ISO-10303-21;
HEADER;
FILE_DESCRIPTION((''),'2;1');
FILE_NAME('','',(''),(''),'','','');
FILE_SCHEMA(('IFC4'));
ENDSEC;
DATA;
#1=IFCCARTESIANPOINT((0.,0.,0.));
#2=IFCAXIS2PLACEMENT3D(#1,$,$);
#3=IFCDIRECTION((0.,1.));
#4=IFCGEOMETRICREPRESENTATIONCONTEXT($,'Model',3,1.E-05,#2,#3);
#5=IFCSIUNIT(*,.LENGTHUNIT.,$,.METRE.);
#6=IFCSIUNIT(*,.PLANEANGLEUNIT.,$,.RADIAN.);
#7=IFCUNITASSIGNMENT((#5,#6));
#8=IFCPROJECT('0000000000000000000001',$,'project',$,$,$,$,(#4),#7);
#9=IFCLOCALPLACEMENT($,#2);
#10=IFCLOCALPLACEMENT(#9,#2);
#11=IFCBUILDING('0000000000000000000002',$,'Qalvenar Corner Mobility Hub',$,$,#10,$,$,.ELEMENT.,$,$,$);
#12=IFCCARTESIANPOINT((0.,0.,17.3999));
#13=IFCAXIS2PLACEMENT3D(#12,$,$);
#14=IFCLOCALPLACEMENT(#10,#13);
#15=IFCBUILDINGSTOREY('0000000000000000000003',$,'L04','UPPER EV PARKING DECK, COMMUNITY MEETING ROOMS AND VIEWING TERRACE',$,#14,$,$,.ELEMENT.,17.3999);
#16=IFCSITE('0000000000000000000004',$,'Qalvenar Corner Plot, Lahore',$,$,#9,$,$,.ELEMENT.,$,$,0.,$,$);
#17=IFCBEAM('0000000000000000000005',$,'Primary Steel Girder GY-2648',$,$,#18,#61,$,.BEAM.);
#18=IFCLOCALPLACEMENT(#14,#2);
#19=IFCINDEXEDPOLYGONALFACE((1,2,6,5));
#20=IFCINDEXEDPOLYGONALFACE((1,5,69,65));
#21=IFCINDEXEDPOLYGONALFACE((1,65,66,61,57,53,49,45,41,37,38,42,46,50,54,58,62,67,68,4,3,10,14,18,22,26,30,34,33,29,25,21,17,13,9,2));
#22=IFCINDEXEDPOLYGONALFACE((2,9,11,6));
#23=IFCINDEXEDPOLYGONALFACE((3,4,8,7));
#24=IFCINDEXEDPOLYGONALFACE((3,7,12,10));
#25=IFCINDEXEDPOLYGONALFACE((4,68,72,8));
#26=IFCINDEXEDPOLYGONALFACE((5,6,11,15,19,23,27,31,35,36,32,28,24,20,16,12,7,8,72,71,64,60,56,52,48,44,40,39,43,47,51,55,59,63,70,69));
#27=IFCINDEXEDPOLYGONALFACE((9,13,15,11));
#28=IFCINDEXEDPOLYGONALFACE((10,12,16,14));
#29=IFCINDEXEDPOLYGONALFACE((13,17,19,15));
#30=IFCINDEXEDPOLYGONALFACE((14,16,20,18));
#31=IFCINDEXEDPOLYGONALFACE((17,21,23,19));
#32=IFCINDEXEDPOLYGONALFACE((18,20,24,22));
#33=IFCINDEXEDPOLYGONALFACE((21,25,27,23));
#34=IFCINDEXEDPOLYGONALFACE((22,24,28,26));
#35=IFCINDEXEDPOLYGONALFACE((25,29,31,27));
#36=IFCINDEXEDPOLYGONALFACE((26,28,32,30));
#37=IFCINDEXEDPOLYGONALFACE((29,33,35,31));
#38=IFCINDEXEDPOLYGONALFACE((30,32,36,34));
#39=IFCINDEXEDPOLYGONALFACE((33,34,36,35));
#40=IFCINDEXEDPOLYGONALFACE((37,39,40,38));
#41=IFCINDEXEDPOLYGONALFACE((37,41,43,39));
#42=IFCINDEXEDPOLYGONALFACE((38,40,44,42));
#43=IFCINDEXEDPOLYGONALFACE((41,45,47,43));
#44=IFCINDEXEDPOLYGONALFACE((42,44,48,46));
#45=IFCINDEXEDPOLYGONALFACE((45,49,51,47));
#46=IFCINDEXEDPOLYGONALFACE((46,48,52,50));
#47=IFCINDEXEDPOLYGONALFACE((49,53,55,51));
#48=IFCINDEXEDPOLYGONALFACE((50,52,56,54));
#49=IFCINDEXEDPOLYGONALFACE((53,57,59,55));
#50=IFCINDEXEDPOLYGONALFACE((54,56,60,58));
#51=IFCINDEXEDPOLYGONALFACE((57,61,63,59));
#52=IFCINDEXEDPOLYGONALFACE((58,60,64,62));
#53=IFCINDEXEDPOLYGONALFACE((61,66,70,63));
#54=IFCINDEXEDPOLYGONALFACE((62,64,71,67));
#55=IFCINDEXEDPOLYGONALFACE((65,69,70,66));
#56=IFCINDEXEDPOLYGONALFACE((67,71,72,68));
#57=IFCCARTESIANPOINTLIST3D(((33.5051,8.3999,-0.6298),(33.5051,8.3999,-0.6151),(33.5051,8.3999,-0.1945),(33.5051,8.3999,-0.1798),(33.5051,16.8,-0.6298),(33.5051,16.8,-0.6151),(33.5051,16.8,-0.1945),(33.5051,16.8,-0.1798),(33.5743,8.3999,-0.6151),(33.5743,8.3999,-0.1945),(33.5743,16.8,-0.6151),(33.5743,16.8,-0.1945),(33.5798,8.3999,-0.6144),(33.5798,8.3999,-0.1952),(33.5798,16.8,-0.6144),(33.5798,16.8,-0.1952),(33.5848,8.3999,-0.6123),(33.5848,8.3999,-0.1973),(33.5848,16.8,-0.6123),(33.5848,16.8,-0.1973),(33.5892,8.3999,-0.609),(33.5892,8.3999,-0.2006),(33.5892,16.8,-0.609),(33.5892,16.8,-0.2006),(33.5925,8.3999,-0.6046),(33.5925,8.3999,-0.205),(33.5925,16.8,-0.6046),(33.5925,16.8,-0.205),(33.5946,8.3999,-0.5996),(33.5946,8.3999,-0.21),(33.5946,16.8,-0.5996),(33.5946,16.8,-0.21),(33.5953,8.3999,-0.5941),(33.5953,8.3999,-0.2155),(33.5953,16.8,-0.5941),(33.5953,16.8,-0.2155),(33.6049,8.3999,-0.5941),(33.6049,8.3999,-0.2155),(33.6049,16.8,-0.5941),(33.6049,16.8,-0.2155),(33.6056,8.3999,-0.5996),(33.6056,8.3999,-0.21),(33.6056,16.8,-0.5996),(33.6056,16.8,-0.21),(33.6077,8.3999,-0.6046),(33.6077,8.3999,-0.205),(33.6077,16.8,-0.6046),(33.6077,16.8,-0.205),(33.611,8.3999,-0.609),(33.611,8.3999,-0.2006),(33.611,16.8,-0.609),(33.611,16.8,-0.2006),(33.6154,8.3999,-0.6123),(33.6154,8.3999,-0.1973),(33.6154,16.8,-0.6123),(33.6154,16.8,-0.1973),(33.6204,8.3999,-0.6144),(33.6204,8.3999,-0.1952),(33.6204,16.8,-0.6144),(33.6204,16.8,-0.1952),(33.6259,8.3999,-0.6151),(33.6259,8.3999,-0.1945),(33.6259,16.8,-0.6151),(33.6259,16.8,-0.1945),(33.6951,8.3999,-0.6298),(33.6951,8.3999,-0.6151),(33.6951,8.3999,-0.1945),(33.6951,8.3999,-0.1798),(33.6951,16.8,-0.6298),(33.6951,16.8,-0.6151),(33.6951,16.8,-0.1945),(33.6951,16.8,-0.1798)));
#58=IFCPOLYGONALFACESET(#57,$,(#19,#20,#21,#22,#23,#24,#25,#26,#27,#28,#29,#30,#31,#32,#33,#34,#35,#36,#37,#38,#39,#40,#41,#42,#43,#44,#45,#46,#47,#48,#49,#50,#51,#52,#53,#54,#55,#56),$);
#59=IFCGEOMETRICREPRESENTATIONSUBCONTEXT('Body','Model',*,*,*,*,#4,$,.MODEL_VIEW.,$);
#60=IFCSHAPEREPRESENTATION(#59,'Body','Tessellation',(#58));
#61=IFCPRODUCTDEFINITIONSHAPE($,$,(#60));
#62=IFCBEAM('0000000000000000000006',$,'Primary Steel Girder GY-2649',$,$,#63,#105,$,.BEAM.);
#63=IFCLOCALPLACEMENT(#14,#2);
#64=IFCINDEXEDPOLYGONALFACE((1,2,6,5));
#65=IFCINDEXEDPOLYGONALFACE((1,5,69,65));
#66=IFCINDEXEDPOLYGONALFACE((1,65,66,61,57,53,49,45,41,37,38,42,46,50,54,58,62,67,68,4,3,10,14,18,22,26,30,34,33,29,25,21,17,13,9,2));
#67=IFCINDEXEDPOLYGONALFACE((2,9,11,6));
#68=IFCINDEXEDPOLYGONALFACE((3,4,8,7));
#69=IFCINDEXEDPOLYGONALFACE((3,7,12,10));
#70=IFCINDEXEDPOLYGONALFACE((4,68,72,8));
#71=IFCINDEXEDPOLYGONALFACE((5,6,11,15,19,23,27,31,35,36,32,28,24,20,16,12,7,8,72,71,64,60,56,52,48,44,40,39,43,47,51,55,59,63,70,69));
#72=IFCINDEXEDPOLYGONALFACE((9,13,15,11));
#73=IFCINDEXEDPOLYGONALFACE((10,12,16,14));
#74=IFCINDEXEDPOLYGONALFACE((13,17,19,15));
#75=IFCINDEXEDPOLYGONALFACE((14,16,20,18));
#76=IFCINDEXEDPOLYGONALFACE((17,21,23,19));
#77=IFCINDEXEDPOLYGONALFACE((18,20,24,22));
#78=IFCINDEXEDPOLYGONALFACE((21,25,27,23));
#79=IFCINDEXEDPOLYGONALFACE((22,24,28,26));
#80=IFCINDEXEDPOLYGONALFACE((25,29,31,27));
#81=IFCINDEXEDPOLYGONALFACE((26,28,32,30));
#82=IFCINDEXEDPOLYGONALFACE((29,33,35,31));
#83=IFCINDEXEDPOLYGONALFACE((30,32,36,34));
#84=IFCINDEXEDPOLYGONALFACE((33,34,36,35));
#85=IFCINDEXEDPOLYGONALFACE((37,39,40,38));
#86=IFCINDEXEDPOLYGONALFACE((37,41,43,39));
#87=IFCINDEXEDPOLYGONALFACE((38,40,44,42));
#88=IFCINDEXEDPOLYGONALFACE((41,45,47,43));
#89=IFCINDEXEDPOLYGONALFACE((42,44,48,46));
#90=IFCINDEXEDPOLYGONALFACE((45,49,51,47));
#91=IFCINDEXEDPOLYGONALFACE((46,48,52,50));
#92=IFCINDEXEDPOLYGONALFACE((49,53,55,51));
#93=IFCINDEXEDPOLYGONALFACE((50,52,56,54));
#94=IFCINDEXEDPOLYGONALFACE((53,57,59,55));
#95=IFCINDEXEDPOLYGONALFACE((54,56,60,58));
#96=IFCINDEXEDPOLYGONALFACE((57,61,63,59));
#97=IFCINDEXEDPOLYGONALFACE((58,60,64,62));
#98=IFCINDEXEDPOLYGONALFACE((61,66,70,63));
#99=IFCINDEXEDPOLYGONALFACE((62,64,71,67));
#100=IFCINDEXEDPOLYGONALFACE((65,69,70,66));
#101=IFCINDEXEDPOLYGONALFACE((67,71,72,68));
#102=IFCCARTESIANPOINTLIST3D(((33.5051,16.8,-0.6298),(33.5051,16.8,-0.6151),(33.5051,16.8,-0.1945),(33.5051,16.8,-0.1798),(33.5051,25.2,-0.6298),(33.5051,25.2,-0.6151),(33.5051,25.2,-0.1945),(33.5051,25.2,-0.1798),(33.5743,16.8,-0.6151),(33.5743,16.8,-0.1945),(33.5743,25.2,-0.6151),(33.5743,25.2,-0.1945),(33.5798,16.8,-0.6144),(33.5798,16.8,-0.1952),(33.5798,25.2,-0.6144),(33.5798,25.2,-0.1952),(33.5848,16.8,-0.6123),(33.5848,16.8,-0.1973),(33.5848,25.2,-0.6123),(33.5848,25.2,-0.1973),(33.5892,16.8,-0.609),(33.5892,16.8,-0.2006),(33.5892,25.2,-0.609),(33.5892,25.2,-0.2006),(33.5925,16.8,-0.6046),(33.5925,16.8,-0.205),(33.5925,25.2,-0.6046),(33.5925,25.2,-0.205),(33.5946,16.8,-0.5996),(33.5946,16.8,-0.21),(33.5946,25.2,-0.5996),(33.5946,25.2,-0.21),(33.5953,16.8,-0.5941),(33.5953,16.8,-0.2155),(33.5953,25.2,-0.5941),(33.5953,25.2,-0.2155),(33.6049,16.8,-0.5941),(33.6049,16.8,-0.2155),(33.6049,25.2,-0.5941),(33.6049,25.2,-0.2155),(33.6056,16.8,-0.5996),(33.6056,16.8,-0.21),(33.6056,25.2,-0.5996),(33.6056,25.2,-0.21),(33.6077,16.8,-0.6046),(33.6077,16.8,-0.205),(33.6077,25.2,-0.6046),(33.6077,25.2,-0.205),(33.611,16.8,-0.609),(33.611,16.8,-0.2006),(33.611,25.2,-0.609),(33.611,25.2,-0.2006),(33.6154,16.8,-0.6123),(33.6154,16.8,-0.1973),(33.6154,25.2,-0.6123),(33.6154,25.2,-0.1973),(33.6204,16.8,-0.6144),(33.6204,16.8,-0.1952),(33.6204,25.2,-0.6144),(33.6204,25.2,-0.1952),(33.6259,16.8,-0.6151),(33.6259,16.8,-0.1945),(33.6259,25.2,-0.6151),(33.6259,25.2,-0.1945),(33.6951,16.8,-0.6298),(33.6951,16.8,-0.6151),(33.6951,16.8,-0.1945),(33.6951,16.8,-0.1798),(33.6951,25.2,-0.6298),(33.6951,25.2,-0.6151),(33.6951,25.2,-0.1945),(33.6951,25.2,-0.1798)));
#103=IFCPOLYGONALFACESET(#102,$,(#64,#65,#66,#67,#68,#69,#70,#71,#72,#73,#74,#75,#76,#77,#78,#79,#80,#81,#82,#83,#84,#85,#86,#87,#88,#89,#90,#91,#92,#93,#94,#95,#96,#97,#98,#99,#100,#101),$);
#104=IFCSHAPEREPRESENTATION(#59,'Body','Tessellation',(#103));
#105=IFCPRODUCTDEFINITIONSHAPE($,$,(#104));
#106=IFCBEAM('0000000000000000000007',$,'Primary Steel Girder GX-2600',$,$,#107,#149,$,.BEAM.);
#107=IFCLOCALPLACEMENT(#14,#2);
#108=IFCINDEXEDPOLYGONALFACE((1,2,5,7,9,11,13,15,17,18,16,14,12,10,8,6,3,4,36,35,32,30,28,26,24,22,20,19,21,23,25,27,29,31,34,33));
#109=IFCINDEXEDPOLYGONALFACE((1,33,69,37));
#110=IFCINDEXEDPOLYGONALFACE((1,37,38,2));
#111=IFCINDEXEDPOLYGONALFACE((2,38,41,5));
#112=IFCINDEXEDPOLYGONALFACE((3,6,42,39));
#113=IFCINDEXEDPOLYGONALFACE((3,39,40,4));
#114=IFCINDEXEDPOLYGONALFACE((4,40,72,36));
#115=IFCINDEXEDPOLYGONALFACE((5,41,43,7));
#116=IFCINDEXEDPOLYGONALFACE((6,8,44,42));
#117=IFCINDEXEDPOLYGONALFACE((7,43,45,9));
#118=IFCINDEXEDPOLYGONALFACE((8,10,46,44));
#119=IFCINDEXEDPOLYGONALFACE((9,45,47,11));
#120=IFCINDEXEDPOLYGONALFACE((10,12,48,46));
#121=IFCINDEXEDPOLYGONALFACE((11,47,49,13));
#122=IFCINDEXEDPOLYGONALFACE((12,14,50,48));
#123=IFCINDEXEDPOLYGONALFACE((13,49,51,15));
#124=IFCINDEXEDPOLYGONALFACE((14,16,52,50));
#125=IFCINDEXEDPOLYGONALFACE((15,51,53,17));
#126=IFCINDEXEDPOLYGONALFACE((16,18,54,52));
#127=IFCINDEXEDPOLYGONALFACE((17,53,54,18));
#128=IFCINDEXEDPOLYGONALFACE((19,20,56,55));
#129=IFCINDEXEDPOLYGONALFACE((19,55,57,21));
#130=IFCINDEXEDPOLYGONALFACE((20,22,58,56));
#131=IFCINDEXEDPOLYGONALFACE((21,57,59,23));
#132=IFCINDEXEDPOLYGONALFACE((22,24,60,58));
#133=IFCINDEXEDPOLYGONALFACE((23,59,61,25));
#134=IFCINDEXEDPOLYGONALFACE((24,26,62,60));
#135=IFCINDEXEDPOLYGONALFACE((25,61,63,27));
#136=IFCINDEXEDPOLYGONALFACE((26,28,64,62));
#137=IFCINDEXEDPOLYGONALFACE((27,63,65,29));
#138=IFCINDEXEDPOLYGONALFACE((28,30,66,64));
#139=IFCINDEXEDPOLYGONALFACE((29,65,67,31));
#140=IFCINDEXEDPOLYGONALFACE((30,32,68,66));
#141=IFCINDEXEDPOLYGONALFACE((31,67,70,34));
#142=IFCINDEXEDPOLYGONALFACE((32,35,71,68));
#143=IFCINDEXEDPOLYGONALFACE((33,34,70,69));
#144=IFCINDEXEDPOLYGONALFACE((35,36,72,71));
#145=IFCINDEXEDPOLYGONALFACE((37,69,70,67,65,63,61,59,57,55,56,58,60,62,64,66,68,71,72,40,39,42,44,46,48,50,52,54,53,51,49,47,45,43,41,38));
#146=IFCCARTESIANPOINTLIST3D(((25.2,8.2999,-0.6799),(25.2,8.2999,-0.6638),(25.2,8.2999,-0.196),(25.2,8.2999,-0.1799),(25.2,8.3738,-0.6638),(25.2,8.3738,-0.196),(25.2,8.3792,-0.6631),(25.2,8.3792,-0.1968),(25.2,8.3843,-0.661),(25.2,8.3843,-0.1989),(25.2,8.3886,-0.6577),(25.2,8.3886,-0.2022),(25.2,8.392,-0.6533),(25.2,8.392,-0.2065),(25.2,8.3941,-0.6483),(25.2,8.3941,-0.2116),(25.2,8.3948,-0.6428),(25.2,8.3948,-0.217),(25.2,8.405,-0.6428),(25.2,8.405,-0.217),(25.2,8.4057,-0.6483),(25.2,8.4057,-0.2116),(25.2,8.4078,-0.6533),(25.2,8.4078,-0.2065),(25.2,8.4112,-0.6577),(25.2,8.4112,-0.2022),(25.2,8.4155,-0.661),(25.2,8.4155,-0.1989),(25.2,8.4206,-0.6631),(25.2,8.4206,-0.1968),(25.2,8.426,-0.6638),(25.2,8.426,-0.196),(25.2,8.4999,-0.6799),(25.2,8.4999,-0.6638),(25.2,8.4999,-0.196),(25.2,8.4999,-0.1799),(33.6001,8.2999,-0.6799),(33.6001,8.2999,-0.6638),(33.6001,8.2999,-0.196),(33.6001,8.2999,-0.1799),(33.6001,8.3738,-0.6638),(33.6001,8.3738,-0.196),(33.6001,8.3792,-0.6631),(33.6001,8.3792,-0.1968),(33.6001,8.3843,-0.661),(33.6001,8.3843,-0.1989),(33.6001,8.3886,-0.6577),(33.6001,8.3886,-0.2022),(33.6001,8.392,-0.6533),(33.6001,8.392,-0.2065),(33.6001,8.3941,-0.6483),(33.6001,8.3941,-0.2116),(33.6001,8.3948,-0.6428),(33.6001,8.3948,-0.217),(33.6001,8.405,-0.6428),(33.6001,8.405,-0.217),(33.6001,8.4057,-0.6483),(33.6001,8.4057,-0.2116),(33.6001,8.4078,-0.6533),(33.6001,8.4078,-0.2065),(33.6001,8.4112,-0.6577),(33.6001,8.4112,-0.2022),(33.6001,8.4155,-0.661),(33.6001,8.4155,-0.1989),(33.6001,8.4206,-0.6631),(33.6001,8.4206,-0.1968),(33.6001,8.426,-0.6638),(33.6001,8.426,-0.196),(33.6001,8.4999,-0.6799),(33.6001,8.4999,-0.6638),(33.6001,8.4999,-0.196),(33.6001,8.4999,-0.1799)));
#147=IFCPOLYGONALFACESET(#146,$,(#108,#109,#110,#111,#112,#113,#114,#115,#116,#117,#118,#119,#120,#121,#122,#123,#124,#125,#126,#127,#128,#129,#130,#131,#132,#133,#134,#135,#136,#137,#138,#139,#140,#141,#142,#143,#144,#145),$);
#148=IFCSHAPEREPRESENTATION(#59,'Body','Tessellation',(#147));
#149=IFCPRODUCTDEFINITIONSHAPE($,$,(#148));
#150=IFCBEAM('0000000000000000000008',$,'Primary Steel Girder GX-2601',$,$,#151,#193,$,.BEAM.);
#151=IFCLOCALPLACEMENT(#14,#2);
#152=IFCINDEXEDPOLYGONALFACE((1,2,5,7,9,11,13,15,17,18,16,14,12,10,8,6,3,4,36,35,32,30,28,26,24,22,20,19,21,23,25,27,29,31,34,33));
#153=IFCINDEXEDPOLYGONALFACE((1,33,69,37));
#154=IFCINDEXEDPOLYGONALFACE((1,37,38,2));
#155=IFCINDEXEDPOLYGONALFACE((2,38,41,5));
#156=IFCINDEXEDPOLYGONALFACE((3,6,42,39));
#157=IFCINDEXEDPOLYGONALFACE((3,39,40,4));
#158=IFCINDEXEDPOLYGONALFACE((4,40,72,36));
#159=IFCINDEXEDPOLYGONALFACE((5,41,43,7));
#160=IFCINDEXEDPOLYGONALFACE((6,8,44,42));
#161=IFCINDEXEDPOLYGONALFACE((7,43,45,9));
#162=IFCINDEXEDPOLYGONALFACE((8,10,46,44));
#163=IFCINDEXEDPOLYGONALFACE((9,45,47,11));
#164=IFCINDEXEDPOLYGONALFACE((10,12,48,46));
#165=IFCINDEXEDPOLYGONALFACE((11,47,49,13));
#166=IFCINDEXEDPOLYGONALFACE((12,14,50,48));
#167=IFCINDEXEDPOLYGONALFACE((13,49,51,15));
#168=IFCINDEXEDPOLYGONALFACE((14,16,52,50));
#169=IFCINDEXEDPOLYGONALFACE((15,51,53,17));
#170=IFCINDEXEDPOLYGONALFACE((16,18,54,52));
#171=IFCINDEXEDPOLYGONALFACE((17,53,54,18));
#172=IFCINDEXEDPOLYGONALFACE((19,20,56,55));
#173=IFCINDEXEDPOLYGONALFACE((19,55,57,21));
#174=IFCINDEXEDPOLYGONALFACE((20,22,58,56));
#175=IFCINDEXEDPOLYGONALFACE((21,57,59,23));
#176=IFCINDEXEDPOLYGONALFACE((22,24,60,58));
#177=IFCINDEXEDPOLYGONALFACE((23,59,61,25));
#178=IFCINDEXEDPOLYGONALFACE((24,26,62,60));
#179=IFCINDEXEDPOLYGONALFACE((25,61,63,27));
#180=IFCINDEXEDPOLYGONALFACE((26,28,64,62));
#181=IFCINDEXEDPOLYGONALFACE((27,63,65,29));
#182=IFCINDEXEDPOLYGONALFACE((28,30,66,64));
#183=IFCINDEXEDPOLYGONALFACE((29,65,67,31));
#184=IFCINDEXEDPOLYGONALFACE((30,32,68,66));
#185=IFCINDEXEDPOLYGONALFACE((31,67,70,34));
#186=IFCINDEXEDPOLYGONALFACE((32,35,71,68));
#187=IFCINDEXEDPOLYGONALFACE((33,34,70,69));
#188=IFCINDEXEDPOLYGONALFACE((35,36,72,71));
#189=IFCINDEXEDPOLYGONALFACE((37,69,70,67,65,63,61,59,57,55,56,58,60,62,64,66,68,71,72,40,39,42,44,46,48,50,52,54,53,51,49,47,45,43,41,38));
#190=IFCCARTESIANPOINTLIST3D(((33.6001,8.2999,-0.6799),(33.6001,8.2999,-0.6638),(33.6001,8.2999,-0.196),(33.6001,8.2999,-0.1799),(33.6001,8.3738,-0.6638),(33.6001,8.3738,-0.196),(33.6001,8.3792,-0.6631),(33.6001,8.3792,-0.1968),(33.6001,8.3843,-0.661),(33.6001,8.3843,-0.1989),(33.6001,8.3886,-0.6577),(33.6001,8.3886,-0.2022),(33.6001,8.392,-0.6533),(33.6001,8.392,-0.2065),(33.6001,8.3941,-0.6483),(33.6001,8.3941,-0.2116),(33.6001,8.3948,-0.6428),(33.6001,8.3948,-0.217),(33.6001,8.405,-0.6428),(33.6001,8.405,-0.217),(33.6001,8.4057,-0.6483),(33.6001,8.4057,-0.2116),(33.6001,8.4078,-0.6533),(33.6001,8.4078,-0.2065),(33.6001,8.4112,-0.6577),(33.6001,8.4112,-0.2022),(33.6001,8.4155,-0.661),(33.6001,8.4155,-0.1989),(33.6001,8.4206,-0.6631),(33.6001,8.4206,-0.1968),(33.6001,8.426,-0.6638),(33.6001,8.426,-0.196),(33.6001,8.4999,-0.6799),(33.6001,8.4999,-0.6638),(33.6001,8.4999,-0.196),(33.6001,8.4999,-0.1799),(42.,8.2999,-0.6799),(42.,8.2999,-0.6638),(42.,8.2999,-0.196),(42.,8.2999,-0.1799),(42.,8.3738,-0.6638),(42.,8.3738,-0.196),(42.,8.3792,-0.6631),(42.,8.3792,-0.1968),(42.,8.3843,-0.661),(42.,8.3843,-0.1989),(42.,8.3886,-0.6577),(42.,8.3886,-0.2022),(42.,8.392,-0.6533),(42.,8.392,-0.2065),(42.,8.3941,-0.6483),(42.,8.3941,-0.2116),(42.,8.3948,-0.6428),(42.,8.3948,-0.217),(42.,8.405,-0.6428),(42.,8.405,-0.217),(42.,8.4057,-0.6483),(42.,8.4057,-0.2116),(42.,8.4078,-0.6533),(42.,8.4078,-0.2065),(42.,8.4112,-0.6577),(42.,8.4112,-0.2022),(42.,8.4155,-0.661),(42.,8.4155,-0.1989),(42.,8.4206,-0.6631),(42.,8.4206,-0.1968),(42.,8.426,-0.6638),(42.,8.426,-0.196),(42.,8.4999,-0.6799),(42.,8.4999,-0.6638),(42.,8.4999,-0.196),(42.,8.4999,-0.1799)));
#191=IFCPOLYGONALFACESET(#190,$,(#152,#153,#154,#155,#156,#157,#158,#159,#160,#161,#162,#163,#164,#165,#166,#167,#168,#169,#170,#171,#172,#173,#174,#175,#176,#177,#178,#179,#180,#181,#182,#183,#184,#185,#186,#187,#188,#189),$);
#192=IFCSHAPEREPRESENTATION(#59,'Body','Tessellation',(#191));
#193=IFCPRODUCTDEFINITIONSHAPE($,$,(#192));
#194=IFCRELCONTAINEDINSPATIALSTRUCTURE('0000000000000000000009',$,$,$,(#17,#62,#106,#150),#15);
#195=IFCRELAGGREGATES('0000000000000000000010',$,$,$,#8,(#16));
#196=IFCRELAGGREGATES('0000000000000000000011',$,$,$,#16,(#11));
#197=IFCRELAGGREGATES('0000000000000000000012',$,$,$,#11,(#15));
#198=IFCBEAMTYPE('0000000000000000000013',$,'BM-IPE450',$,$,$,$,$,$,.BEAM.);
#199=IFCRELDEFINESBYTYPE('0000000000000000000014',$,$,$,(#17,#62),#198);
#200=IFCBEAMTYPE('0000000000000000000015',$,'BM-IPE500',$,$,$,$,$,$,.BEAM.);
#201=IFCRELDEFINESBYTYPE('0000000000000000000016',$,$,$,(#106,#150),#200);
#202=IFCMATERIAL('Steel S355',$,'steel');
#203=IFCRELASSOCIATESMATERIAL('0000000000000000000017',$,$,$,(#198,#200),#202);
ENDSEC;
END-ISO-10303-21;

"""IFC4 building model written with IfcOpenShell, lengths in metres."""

from ifc_helpers import new_model, si_unit, direction, frame, origin, origin_2d, place, context, subcontext, project, spatial, i_section, extrude, material, material_profile, profile_set, type_object, element, save


model = new_model("IFC4")

# Units and contexts
model_context = context("Model", 3, precision=1e-05, world=origin(), true_north=direction((0.0, 1.0)))
body_context = subcontext(model_context, "Body", "Model", "MODEL_VIEW")
ifc_project = project(units=[si_unit("LENGTHUNIT", "METRE"), si_unit("PLANEANGLEUNIT", "RADIAN")], contexts=[model_context])

# Site, building, storey
site_placement = place(None, origin())
site = spatial("IfcSite", under=ifc_project, at=site_placement, Name="Qalvenar Corner Plot, Lahore", CompositionType="ELEMENT", RefElevation=0.0)
building_placement = place(site_placement, origin())
building = spatial("IfcBuilding", under=site, at=building_placement, Name="Qalvenar Corner Mobility Hub", CompositionType="ELEMENT")
storey_placement = place(building_placement, frame((0.0, 0.0, 17.3999)))
storey = spatial("IfcBuildingStorey", under=building, at=storey_placement, Name="L04", Description="UPPER EV PARKING DECK, COMMUNITY MEETING ROOMS AND VIEWING TERRACE", CompositionType="ELEMENT", Elevation=17.3999)

# Shared definitions
ifc_material_1 = material(Name="Steel S355", Category="steel")

# Beams
ifc_material_profile_1 = material_profile(ifc_material_1, i_section(OverallWidth=0.1899, OverallDepth=0.45, WebThickness=0.0095, FlangeThickness=0.0146, FilletRadius=0.021, at=origin_2d()), Name="IPE450")
ifc_profile_set_1 = profile_set([ifc_material_profile_1], Name="Steel S355")
beam_type_1 = type_object("IfcBeamType", Name="BM-IPE450", PredefinedType="BEAM", material=ifc_profile_set_1)
beam_1_placement = place(storey_placement, frame((33.6001, 8.3999, -0.4048), z_axis=(0.0, 1.0, 0.0), x_axis=(-1.0, 0.0, 0.0)))
element("IfcBeam", 1, at=beam_1_placement, inside=storey, type_object=beam_type_1, Name="Primary Steel Girder GY-2648", PredefinedType="BEAM", context=body_context, shape_type="SweptSolid", body=[
    extrude(i_section(OverallWidth=0.1899, OverallDepth=0.45, WebThickness=0.0095, FlangeThickness=0.0146, FilletRadius=0.021, at=origin_2d()), origin(), (0.0, 0.0, 1.0), 8.4001),
])
beam_2_placement = place(storey_placement, frame((33.6001, 16.8, -0.4048), z_axis=(0.0, 1.0, 0.0), x_axis=(-1.0, 0.0, 0.0)))
element("IfcBeam", 2, at=beam_2_placement, inside=storey, type_object=beam_type_1, Name="Primary Steel Girder GY-2649", PredefinedType="BEAM", context=body_context, shape_type="SweptSolid", body=[
    extrude(i_section(OverallWidth=0.1899, OverallDepth=0.45, WebThickness=0.0095, FlangeThickness=0.0146, FilletRadius=0.021, at=origin_2d()), origin(), (0.0, 0.0, 1.0), 8.3999),
])
ifc_material_profile_2 = material_profile(ifc_material_1, i_section(OverallWidth=0.2, OverallDepth=0.5, WebThickness=0.0103, FlangeThickness=0.0161, FilletRadius=0.021, at=origin_2d()), Name="IPE500")
ifc_profile_set_2 = profile_set([ifc_material_profile_2], Name="Steel S355")
beam_type_2 = type_object("IfcBeamType", Name="BM-IPE500", PredefinedType="BEAM", material=ifc_profile_set_2)
beam_3_placement = place(storey_placement, frame((25.2, 8.3999, -0.4299), z_axis=(1.0, 0.0, 0.0), x_axis=(0.0, 1.0, 0.0)))
element("IfcBeam", 3, at=beam_3_placement, inside=storey, type_object=beam_type_2, Name="Primary Steel Girder GX-2600", PredefinedType="BEAM", context=body_context, shape_type="SweptSolid", body=[
    extrude(i_section(OverallWidth=0.2, OverallDepth=0.5, WebThickness=0.0103, FlangeThickness=0.0161, FilletRadius=0.021, at=origin_2d()), origin(), (0.0, 0.0, 1.0), 8.4001),
])
beam_4_placement = place(storey_placement, frame((33.6001, 8.3999, -0.4299), z_axis=(1.0, 0.0, 0.0), x_axis=(0.0, 1.0, 0.0)))
element("IfcBeam", 4, at=beam_4_placement, inside=storey, type_object=beam_type_2, Name="Primary Steel Girder GX-2601", PredefinedType="BEAM", context=body_context, shape_type="SweptSolid", body=[
    extrude(i_section(OverallWidth=0.2, OverallDepth=0.5, WebThickness=0.0103, FlangeThickness=0.0161, FilletRadius=0.021, at=origin_2d()), origin(), (0.0, 0.0, 1.0), 8.3999),
])

save(model, "model.ifc")
